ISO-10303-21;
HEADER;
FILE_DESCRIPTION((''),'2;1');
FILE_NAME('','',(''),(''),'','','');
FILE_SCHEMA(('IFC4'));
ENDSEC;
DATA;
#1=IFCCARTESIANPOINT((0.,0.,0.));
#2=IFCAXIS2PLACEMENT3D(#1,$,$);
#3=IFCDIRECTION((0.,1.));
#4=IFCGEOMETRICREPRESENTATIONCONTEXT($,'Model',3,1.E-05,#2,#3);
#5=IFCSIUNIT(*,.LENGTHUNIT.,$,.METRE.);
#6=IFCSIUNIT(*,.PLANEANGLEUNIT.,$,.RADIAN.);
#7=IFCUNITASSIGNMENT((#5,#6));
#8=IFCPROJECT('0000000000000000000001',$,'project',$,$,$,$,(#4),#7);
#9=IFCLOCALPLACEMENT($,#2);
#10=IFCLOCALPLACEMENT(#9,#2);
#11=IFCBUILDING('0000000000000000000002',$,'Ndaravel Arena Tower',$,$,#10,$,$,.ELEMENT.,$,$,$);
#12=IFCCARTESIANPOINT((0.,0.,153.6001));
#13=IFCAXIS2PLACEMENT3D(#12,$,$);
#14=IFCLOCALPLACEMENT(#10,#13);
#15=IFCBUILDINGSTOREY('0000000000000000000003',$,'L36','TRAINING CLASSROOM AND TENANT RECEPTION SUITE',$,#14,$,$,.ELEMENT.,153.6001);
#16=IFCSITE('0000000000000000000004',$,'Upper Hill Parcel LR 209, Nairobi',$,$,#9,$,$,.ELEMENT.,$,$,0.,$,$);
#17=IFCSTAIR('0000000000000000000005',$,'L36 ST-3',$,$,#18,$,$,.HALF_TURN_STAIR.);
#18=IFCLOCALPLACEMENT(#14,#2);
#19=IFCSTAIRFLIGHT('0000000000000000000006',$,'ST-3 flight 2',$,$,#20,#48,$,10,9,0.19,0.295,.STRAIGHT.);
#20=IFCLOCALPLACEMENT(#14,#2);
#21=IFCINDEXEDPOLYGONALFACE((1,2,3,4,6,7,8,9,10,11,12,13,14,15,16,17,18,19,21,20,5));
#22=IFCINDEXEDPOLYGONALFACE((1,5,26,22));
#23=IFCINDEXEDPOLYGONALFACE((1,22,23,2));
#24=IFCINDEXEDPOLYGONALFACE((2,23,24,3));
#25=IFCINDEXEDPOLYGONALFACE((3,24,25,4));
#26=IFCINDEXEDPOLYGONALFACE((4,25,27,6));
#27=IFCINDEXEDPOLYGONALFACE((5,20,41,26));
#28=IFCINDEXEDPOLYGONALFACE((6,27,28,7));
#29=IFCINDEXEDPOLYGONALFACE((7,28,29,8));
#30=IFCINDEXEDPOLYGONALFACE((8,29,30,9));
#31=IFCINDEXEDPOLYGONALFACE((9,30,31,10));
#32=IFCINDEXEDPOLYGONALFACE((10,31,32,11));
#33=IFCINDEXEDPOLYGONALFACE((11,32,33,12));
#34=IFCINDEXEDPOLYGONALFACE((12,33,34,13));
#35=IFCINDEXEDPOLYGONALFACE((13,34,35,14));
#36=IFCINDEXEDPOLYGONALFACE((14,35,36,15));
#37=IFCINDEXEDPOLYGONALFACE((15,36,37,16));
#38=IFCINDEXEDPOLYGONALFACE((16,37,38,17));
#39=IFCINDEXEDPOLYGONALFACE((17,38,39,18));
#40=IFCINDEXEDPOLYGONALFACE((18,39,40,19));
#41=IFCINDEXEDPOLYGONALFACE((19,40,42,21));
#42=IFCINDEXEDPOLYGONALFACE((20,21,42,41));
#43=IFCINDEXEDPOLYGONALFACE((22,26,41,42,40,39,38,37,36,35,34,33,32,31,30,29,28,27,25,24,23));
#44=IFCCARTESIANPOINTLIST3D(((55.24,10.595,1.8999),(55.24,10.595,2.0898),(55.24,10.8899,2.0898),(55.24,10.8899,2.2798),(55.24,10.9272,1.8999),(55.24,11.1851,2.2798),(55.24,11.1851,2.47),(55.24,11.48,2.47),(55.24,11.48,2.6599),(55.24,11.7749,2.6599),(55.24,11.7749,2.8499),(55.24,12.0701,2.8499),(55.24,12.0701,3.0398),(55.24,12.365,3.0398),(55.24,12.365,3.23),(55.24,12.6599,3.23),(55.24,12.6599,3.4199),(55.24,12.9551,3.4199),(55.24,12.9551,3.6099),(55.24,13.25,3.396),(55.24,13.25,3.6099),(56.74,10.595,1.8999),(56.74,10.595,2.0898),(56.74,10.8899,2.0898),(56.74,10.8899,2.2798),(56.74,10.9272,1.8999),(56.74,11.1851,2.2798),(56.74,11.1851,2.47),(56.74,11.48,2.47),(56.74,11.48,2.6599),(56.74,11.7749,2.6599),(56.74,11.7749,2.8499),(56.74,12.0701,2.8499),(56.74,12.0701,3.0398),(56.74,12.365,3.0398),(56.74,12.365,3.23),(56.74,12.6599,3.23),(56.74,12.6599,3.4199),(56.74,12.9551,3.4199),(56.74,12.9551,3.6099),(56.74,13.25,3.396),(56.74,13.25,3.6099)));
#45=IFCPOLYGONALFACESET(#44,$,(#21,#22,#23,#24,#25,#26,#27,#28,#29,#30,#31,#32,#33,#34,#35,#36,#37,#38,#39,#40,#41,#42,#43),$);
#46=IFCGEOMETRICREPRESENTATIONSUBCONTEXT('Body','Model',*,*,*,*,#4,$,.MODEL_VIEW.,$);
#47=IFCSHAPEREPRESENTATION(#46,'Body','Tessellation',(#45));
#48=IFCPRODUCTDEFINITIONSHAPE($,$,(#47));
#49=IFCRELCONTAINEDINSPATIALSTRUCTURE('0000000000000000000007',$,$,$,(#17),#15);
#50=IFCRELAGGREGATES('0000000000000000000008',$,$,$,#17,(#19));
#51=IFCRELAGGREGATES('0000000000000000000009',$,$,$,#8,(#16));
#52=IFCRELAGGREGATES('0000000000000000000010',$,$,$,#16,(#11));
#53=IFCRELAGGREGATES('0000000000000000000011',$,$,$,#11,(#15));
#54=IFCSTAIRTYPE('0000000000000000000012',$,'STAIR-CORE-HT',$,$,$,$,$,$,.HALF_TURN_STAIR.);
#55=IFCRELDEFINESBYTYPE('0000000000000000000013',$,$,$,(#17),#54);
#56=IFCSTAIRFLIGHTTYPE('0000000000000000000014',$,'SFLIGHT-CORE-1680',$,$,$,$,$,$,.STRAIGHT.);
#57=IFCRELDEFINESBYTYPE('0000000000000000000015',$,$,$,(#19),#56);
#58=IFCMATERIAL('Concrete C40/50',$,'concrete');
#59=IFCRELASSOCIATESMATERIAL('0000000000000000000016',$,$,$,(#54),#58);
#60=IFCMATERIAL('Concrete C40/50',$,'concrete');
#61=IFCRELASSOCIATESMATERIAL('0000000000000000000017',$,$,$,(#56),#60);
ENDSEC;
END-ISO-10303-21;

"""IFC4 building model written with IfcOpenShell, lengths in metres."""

from ifc_helpers import new_model, si_unit, direction, frame, origin, place, context, subcontext, project, spatial, polyline, outline, extrude, material, type_object, element, aggregate, save


model = new_model("IFC4")

# Units and contexts
model_context = context("Model", 3, precision=1e-05, world=origin(), true_north=direction((0.0, 1.0)))
body_context = subcontext(model_context, "Body", "Model", "MODEL_VIEW")
ifc_project = project(units=[si_unit("LENGTHUNIT", "METRE"), si_unit("PLANEANGLEUNIT", "RADIAN")], contexts=[model_context])

# Site, building, storey
site_placement = place(None, origin())
site = spatial("IfcSite", under=ifc_project, at=site_placement, Name="Upper Hill Parcel LR 209, Nairobi", CompositionType="ELEMENT", RefElevation=0.0)
building_placement = place(site_placement, origin())
building = spatial("IfcBuilding", under=site, at=building_placement, Name="Ndaravel Arena Tower", CompositionType="ELEMENT")
storey_placement = place(building_placement, frame((0.0, 0.0, 153.6001)))
storey = spatial("IfcBuildingStorey", under=building, at=storey_placement, Name="L36", Description="TRAINING CLASSROOM AND TENANT RECEPTION SUITE", CompositionType="ELEMENT", Elevation=153.6001)

# Stair, stair flight
ifc_material_1 = material(Name="Concrete C40/50", Category="concrete")
stair_type = type_object("IfcStairType", Name="STAIR-CORE-HT", PredefinedType="HALF_TURN_STAIR", material=ifc_material_1)
stair_placement = place(storey_placement, origin())
stair = element("IfcStair", 1, at=stair_placement, inside=storey, type_object=stair_type, Name="L36 ST-3", PredefinedType="HALF_TURN_STAIR")
ifc_material_2 = material(Name="Concrete C40/50", Category="concrete")
stair_flight_type = type_object("IfcStairFlightType", Name="SFLIGHT-CORE-1680", PredefinedType="STRAIGHT", material=ifc_material_2)
stair_flight_1_placement = place(storey_placement, frame((55.99, 10.595, 1.8999), z_axis=(0.0, 0.0, 1.0), x_axis=(0.0, 1.0, 0.0)))
stair_flight_1 = element("IfcStairFlight", 2, at=stair_flight_1_placement, type_object=stair_flight_type, Name="ST-3 flight 2", NumberOfRisers=10, NumberOfTreads=9, PredefinedType="STRAIGHT", RiserHeight=0.19, TreadLength=0.295, context=body_context, shape_type="SweptSolid", body=[
    extrude(outline(polyline([(0.0, 0.0), (0.0, 0.1899), (0.2949, 0.1899), (0.2949, 0.3799), (0.5901, 0.3799), (0.5901, 0.5701), (0.885, 0.5701), (0.885, 0.76), (1.1799, 0.76), (1.1799, 0.95), (1.4751, 0.95), (1.4751, 1.1399), (1.77, 1.1399), (1.77, 1.3301), (2.0649, 1.3301), (2.0649, 1.52), (2.3601, 1.52), (2.3601, 1.71), (2.655, 1.71), (2.655, 1.8999), (2.655, 1.4961), (0.3323, 0.0), (0.0, 0.0)])), frame((0.0, 0.75, 0.0), z_axis=(0.0, -1.0, 0.0), x_axis=(1.0, 0.0, 0.0)), (0.0, 0.0, 1.0), 1.5),
])
aggregate(stair, [stair_flight_1])

save(model, "model.ifc")
